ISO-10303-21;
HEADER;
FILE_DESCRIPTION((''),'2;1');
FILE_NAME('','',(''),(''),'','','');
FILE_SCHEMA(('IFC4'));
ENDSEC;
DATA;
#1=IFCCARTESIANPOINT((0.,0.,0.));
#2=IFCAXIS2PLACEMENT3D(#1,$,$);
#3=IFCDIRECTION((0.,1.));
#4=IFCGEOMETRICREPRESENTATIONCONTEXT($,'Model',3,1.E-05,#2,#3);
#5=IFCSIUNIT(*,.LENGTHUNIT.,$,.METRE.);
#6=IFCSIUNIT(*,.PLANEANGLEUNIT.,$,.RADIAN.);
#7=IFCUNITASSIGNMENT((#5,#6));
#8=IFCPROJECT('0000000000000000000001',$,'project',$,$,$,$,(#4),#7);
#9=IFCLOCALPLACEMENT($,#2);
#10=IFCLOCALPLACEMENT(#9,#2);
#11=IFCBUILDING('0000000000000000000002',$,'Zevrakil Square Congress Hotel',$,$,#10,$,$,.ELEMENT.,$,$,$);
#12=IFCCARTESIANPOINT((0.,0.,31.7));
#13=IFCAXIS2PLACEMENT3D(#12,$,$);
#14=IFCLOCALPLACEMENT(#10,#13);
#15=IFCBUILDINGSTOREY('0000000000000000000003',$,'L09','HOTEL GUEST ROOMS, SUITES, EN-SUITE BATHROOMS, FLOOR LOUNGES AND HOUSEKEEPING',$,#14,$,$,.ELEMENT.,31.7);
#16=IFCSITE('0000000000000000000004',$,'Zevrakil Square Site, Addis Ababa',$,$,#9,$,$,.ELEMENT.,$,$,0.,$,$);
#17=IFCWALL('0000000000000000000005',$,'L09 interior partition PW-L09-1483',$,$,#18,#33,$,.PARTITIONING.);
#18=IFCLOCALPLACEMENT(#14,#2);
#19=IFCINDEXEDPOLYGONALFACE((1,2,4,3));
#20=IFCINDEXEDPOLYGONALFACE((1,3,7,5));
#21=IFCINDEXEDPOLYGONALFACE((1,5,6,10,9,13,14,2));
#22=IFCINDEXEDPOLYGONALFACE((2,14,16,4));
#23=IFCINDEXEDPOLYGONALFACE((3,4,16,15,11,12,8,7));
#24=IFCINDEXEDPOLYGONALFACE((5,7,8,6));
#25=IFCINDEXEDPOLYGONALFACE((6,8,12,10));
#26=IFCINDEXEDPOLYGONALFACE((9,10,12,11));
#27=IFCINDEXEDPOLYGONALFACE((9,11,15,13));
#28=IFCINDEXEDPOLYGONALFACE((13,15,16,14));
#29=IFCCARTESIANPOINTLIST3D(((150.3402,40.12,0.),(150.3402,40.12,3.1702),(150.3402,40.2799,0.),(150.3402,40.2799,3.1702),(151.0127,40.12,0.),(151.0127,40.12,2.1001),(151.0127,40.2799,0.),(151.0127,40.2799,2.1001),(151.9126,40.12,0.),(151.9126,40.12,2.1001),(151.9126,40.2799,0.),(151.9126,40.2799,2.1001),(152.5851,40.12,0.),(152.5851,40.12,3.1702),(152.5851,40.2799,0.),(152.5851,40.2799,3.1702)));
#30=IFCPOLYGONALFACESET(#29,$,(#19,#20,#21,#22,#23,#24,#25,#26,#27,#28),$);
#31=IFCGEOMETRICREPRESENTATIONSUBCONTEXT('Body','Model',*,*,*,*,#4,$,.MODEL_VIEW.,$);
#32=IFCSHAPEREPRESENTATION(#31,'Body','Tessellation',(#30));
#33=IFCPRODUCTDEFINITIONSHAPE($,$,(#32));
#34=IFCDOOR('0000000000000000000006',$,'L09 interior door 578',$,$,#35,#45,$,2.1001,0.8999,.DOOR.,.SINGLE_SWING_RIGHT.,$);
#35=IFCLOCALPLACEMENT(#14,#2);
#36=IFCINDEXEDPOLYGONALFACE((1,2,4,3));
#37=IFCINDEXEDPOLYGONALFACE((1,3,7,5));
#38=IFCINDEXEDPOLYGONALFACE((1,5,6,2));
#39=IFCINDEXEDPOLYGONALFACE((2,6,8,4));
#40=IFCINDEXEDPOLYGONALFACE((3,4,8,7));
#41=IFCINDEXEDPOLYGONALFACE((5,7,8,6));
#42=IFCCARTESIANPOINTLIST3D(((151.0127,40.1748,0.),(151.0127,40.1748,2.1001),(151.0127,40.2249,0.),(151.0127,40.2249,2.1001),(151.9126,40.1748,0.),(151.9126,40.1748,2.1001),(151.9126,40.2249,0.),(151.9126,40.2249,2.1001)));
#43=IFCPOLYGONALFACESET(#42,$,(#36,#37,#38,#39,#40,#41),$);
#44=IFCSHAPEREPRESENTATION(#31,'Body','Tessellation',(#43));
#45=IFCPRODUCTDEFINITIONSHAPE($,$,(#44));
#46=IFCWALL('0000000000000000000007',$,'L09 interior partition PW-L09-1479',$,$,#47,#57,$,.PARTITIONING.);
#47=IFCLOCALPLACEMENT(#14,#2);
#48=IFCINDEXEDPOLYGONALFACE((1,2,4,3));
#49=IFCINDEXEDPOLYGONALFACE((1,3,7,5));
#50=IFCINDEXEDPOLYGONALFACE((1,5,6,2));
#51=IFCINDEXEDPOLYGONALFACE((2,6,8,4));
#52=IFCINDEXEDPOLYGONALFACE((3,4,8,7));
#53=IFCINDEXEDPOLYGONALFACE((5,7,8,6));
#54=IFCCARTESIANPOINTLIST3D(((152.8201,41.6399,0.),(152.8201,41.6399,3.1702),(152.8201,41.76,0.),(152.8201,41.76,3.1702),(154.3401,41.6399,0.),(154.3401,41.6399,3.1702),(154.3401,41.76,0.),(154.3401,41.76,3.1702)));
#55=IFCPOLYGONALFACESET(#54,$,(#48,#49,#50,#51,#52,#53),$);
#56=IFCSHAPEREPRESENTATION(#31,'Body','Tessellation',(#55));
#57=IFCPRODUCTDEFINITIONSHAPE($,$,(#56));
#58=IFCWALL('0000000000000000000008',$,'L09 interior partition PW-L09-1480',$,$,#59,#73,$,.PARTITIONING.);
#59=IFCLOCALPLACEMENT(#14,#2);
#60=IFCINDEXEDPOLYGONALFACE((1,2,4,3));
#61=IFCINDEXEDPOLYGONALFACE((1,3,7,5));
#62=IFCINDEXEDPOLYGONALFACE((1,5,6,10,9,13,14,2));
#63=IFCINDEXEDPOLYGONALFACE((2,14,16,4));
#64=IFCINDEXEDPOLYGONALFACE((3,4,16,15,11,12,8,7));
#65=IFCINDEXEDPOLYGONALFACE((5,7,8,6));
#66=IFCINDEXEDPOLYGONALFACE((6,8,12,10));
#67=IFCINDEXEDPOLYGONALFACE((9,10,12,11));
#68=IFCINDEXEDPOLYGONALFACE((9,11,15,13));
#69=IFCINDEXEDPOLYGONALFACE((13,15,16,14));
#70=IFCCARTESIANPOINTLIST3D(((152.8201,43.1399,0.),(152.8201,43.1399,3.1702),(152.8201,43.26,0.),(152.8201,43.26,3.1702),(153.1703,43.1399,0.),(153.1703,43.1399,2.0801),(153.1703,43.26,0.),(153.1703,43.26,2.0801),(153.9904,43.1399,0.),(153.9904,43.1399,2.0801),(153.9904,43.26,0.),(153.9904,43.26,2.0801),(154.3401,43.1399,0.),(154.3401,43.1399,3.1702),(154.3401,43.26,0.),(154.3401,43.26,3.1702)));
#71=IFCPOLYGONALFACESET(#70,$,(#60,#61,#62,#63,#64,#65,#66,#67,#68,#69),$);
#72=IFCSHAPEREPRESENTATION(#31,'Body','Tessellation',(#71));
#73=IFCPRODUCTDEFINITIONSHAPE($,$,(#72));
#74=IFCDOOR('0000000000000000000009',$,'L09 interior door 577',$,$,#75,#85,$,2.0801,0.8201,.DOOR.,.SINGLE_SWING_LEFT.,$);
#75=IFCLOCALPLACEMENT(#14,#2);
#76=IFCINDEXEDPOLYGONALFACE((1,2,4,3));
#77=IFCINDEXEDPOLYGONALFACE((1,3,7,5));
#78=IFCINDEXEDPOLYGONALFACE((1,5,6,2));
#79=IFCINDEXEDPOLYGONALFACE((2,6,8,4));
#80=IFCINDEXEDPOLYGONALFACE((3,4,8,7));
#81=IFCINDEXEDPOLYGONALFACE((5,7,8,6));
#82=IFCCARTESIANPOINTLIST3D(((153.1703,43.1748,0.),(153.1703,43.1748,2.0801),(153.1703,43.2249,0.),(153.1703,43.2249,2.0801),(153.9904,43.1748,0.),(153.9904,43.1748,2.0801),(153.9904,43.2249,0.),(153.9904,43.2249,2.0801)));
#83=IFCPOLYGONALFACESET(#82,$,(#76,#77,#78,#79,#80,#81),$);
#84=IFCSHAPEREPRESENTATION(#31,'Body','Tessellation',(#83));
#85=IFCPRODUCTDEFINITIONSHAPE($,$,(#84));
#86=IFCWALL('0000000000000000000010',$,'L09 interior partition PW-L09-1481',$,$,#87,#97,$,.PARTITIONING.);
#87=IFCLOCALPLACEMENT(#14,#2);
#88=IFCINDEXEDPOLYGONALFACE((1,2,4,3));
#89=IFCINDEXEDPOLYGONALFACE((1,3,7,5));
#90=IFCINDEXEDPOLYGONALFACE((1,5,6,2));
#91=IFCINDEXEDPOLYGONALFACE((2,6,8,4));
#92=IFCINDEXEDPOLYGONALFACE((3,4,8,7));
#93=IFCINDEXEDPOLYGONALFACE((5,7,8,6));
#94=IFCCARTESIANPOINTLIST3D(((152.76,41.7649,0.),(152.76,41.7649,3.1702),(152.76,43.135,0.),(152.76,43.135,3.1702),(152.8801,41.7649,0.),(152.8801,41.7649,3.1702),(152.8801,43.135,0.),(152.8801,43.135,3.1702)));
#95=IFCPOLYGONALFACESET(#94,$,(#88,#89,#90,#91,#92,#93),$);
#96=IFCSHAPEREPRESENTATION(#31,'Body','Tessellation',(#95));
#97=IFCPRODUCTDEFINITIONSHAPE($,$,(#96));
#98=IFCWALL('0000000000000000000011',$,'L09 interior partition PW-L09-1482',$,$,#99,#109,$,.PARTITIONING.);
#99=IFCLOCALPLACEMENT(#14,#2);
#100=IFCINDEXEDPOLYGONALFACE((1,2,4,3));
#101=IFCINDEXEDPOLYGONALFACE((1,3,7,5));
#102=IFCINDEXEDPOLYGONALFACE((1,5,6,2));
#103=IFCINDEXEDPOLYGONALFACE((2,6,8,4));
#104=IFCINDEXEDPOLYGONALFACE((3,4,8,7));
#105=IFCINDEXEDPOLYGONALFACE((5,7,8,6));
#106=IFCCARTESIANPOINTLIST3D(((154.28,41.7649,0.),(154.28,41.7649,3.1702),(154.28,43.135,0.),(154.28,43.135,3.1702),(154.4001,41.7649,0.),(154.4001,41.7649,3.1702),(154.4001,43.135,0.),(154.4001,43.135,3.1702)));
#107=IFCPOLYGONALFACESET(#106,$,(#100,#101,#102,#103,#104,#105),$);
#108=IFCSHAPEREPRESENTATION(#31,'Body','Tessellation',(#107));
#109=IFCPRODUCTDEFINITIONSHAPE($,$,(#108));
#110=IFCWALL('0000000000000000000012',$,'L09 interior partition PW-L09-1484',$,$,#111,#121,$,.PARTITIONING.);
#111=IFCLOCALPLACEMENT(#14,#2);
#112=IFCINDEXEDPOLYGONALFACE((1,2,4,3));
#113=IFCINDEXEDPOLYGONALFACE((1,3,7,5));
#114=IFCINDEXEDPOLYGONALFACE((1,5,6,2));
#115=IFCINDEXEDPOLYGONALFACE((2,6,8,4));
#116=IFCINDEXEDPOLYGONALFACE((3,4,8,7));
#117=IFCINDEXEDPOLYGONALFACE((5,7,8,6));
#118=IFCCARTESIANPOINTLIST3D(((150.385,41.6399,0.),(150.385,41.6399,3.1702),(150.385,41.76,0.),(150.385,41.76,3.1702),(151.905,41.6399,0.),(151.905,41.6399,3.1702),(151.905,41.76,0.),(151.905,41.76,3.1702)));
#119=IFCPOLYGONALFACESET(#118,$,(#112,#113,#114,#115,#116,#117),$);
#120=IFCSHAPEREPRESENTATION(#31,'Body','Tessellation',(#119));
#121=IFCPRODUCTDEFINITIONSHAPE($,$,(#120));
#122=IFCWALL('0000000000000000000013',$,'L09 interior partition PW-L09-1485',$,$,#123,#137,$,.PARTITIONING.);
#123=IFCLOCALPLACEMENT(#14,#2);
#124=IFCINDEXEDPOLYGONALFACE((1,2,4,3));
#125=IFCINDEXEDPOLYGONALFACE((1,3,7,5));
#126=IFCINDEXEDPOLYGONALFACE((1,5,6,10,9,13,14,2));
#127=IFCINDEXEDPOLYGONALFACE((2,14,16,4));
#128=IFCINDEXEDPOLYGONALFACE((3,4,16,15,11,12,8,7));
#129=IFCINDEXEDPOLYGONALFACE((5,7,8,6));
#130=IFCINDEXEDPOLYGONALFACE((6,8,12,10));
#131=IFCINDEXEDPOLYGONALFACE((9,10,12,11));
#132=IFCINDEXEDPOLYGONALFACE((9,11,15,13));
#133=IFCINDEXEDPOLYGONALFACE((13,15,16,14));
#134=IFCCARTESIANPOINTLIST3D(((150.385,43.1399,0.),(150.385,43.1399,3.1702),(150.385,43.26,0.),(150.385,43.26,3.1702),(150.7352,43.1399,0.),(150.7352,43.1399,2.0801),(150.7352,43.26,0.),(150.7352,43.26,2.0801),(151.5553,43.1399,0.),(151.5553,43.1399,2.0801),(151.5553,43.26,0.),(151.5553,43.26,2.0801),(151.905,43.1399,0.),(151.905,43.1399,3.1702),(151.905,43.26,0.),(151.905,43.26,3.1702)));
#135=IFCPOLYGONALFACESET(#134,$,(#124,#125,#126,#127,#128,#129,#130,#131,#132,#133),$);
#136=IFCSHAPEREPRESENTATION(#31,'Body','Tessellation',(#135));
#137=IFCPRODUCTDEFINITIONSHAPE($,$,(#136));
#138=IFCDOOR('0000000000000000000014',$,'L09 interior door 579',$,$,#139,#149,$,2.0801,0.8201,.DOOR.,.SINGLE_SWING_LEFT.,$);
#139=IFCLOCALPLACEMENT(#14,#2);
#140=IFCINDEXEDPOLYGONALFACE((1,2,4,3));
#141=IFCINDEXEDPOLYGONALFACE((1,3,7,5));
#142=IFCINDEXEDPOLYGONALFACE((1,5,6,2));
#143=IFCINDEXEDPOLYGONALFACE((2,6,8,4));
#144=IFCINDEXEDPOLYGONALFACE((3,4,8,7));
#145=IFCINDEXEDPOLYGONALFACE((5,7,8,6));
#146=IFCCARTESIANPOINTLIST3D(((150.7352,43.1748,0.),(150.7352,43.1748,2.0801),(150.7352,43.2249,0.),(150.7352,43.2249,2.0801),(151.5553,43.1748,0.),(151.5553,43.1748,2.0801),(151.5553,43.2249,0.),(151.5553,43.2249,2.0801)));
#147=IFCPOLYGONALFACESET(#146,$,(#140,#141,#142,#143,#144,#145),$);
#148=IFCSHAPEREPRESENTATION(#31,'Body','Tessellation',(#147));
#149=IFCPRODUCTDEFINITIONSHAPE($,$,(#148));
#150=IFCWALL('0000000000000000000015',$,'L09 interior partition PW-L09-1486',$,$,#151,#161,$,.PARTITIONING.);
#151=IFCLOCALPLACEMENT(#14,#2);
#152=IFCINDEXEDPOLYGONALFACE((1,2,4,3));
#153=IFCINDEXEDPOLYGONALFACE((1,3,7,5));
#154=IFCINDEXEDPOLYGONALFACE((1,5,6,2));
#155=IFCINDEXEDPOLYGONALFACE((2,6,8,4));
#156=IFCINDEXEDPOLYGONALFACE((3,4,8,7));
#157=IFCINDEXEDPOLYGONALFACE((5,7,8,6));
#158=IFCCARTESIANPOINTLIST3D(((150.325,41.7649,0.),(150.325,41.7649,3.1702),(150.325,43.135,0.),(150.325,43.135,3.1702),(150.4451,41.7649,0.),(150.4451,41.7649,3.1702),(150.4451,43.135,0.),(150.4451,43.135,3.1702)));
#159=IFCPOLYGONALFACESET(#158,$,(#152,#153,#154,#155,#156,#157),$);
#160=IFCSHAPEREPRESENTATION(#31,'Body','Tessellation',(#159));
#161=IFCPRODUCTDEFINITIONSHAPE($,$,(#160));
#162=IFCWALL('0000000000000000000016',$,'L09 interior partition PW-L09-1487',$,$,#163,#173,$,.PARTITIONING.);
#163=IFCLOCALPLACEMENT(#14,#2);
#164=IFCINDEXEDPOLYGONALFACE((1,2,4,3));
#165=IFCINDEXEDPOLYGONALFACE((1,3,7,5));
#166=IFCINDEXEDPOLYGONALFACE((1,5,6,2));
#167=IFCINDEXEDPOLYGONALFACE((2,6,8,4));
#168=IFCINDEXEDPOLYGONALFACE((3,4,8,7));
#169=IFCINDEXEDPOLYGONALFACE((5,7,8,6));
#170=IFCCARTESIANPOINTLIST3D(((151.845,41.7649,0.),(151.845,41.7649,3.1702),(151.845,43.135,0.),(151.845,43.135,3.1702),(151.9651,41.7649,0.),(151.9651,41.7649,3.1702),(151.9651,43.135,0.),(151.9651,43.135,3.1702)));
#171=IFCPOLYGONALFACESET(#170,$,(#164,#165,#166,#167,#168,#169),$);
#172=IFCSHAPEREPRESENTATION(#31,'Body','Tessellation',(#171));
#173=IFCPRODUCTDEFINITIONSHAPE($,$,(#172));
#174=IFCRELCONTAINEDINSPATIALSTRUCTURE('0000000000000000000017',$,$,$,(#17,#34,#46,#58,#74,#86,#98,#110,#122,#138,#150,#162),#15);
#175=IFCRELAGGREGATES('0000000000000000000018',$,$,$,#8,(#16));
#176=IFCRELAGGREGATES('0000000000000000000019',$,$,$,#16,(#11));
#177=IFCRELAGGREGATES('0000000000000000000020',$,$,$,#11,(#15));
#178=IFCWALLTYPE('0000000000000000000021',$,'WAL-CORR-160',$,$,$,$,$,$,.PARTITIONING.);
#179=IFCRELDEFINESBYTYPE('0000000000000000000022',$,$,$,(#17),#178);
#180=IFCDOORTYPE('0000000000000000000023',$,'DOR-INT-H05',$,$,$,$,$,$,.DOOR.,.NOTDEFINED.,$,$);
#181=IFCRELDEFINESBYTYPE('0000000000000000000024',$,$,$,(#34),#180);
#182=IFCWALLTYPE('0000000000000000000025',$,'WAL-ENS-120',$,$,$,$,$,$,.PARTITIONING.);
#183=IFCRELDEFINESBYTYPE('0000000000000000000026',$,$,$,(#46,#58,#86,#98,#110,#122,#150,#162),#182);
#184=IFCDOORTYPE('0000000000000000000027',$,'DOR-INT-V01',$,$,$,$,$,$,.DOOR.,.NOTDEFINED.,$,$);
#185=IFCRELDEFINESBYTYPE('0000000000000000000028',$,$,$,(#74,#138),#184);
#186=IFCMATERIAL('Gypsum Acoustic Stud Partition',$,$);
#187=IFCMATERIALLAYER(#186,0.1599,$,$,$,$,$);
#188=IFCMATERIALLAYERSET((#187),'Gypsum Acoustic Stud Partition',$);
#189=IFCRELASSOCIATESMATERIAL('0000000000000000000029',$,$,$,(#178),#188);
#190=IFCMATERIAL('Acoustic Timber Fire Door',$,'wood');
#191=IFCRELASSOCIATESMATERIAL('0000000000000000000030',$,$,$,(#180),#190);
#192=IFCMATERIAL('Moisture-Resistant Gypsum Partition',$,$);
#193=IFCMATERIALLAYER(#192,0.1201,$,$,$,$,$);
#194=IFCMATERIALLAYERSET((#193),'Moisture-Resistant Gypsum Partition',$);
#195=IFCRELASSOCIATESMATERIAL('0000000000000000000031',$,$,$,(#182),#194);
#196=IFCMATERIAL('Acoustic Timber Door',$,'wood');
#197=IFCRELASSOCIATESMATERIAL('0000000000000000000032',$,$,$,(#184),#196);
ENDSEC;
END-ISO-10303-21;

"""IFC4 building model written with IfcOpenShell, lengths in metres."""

from ifc_helpers import new_model, si_unit, direction, frame, frame_2d, origin, place, context, subcontext, project, spatial, rectangle, extrude, material, layer, layer_set, type_object, element, fill, save


model = new_model("IFC4")

# Units and contexts
model_context = context("Model", 3, precision=1e-05, world=origin(), true_north=direction((0.0, 1.0)))
body_context = subcontext(model_context, "Body", "Model", "MODEL_VIEW")
ifc_project = project(units=[si_unit("LENGTHUNIT", "METRE"), si_unit("PLANEANGLEUNIT", "RADIAN")], contexts=[model_context])

# Site, building, storey
site_placement = place(None, origin())
site = spatial("IfcSite", under=ifc_project, at=site_placement, Name="Zevrakil Square Site, Addis Ababa", CompositionType="ELEMENT", RefElevation=0.0)
building_placement = place(site_placement, origin())
building = spatial("IfcBuilding", under=site, at=building_placement, Name="Zevrakil Square Congress Hotel", CompositionType="ELEMENT")
storey_placement = place(building_placement, frame((0.0, 0.0, 31.7)))
storey = spatial("IfcBuildingStorey", under=building, at=storey_placement, Name="L09", Description="HOTEL GUEST ROOMS, SUITES, EN-SUITE BATHROOMS, FLOOR LOUNGES AND HOUSEKEEPING", CompositionType="ELEMENT", Elevation=31.7)

# Wall, opening, door
ifc_material_1 = material(Name="Gypsum Acoustic Stud Partition")
ifc_layer_1 = layer(ifc_material_1, 0.1599)
ifc_layer_set_1 = layer_set([ifc_layer_1], Name="Gypsum Acoustic Stud Partition")
wall_type_1 = type_object("IfcWallType", Name="WAL-CORR-160", PredefinedType="PARTITIONING", material=ifc_layer_set_1)
wall_1_placement = place(storey_placement, frame((150.3401, 40.2, 0.0), z_axis=(0.0, 0.0, 1.0), x_axis=(1.0, 0.0, 0.0)))
wall_1 = element("IfcWall", 1, at=wall_1_placement, inside=storey, type_object=wall_type_1, Name="L09 interior partition PW-L09-1483", PredefinedType="PARTITIONING", context=body_context, shape_type="SweptSolid", body=[
    extrude(rectangle(XDim=2.2449, YDim=0.1599, at=frame_2d((1.1226, 0.0))), origin(), (0.0, 0.0, 1.0), 3.1702),
])
opening_1_placement = place(wall_1_placement, frame((0.6726, 0.0, 0.0)))
opening_1 = element("IfcOpeningElement", 2, at=opening_1_placement, cuts=wall_1, PredefinedType="OPENING", context=body_context, shape_type="SweptSolid", body=[
    extrude(rectangle(XDim=0.8999, YDim=2.1001, at=frame_2d((0.45, 1.05))), frame((0.0, 0.0898, 0.0), z_axis=(0.0, -1.0, 0.0), x_axis=(1.0, 0.0, 0.0)), (0.0, 0.0, 1.0), 0.1799),
])
ifc_material_2 = material(Name="Acoustic Timber Fire Door", Category="wood")
door_type_1 = type_object("IfcDoorType", Name="DOR-INT-H05", OperationType="NOTDEFINED", PredefinedType="DOOR", material=ifc_material_2)
door_1_placement = place(opening_1_placement, origin())
door_1 = element("IfcDoor", 3, at=door_1_placement, inside=storey, type_object=door_type_1, Name="L09 interior door 578", OperationType="SINGLE_SWING_RIGHT", OverallHeight=2.1001, OverallWidth=0.8999, PredefinedType="DOOR", context=body_context, shape_type="SweptSolid", body=[
    extrude(rectangle(XDim=0.8999, YDim=2.1001, at=frame_2d((0.45, 1.05))), frame((0.0, 0.0249, 0.0), z_axis=(0.0, -1.0, 0.0), x_axis=(1.0, 0.0, 0.0)), (0.0, 0.0, 1.0), 0.05),
])
fill(opening_1, door_1)

# Wall
ifc_material_3 = material(Name="Moisture-Resistant Gypsum Partition")
ifc_layer_2 = layer(ifc_material_3, 0.1201)
ifc_layer_set_2 = layer_set([ifc_layer_2], Name="Moisture-Resistant Gypsum Partition")
wall_type_2 = type_object("IfcWallType", Name="WAL-ENS-120", PredefinedType="PARTITIONING", material=ifc_layer_set_2)
wall_2_placement = place(storey_placement, frame((152.8201, 41.7, 0.0), z_axis=(0.0, 0.0, 1.0), x_axis=(1.0, 0.0, 0.0)))
element("IfcWall", 4, at=wall_2_placement, inside=storey, type_object=wall_type_2, Name="L09 interior partition PW-L09-1479", PredefinedType="PARTITIONING", context=body_context, shape_type="SweptSolid", body=[
    extrude(rectangle(XDim=1.52, YDim=0.1201, at=frame_2d((0.76, 0.0))), origin(), (0.0, 0.0, 1.0), 3.1702),
])

# Wall, opening, door
wall_3_placement = place(storey_placement, frame((152.8201, 43.2, 0.0), z_axis=(0.0, 0.0, 1.0), x_axis=(1.0, 0.0, 0.0)))
wall_3 = element("IfcWall", 5, at=wall_3_placement, inside=storey, type_object=wall_type_2, Name="L09 interior partition PW-L09-1480", PredefinedType="PARTITIONING", context=body_context, shape_type="SweptSolid", body=[
    extrude(rectangle(XDim=1.52, YDim=0.1201, at=frame_2d((0.76, 0.0))), origin(), (0.0, 0.0, 1.0), 3.1702),
])
opening_2_placement = place(wall_3_placement, frame((0.3501, 0.0, 0.0)))
opening_2 = element("IfcOpeningElement", 6, at=opening_2_placement, cuts=wall_3, PredefinedType="OPENING", context=body_context, shape_type="SweptSolid", body=[
    extrude(rectangle(XDim=0.8201, YDim=2.0801, at=frame_2d((0.4102, 1.04))), frame((0.0, 0.0701, 0.0), z_axis=(0.0, -1.0, 0.0), x_axis=(1.0, 0.0, 0.0)), (0.0, 0.0, 1.0), 0.1401),
])
ifc_material_4 = material(Name="Acoustic Timber Door", Category="wood")
door_type_2 = type_object("IfcDoorType", Name="DOR-INT-V01", OperationType="NOTDEFINED", PredefinedType="DOOR", material=ifc_material_4)
door_2_placement = place(opening_2_placement, origin())
door_2 = element("IfcDoor", 7, at=door_2_placement, inside=storey, type_object=door_type_2, Name="L09 interior door 577", OperationType="SINGLE_SWING_LEFT", OverallHeight=2.0801, OverallWidth=0.8201, PredefinedType="DOOR", context=body_context, shape_type="SweptSolid", body=[
    extrude(rectangle(XDim=0.8201, YDim=2.0801, at=frame_2d((0.4102, 1.04))), frame((0.0, 0.0249, 0.0), z_axis=(0.0, -1.0, 0.0), x_axis=(1.0, 0.0, 0.0)), (0.0, 0.0, 1.0), 0.05),
])
fill(opening_2, door_2)

# Walls
for number, where, z_axis, x_axis, name in (
    (8, (152.8201, 41.7649, 0.0), (0.0, 0.0, 1.0), (0.0, 1.0, 0.0), "L09 interior partition PW-L09-1481"),
    (9, (154.3401, 41.7649, 0.0), (0.0, 0.0, 1.0), (0.0, 1.0, 0.0), "L09 interior partition PW-L09-1482"),
):
    element("IfcWall", number, at=place(storey_placement, frame(where, z_axis=z_axis, x_axis=x_axis)), inside=storey, type_object=wall_type_2, Name=name, PredefinedType="PARTITIONING", context=body_context, shape_type="SweptSolid", body=[
        extrude(rectangle(XDim=1.3701, YDim=0.1201, at=frame_2d((0.6851, 0.0))), origin(), (0.0, 0.0, 1.0), 3.1702),
    ])
wall_4_placement = place(storey_placement, frame((150.385, 41.7, 0.0), z_axis=(0.0, 0.0, 1.0), x_axis=(1.0, 0.0, 0.0)))
element("IfcWall", 10, at=wall_4_placement, inside=storey, type_object=wall_type_2, Name="L09 interior partition PW-L09-1484", PredefinedType="PARTITIONING", context=body_context, shape_type="SweptSolid", body=[
    extrude(rectangle(XDim=1.52, YDim=0.1201, at=frame_2d((0.76, 0.0))), origin(), (0.0, 0.0, 1.0), 3.1702),
])

# Wall, opening, door
wall_5_placement = place(storey_placement, frame((150.385, 43.2, 0.0), z_axis=(0.0, 0.0, 1.0), x_axis=(1.0, 0.0, 0.0)))
wall_5 = element("IfcWall", 11, at=wall_5_placement, inside=storey, type_object=wall_type_2, Name="L09 interior partition PW-L09-1485", PredefinedType="PARTITIONING", context=body_context, shape_type="SweptSolid", body=[
    extrude(rectangle(XDim=1.52, YDim=0.1201, at=frame_2d((0.76, 0.0))), origin(), (0.0, 0.0, 1.0), 3.1702),
])
opening_3_placement = place(wall_5_placement, frame((0.3501, 0.0, 0.0)))
opening_3 = element("IfcOpeningElement", 12, at=opening_3_placement, cuts=wall_5, PredefinedType="OPENING", context=body_context, shape_type="SweptSolid", body=[
    extrude(rectangle(XDim=0.8201, YDim=2.0801, at=frame_2d((0.4102, 1.04))), frame((0.0, 0.0701, 0.0), z_axis=(0.0, -1.0, 0.0), x_axis=(1.0, 0.0, 0.0)), (0.0, 0.0, 1.0), 0.1401),
])
door_3_placement = place(opening_3_placement, origin())
door_3 = element("IfcDoor", 13, at=door_3_placement, inside=storey, type_object=door_type_2, Name="L09 interior door 579", OperationType="SINGLE_SWING_LEFT", OverallHeight=2.0801, OverallWidth=0.8201, PredefinedType="DOOR", context=body_context, shape_type="SweptSolid", body=[
    extrude(rectangle(XDim=0.8201, YDim=2.0801, at=frame_2d((0.4102, 1.04))), frame((0.0, 0.0249, 0.0), z_axis=(0.0, -1.0, 0.0), x_axis=(1.0, 0.0, 0.0)), (0.0, 0.0, 1.0), 0.05),
])
fill(opening_3, door_3)

# Walls
for number, where, z_axis, x_axis, name in (
    (14, (150.385, 41.7649, 0.0), (0.0, 0.0, 1.0), (0.0, 1.0, 0.0), "L09 interior partition PW-L09-1486"),
    (15, (151.905, 41.7649, 0.0), (0.0, 0.0, 1.0), (0.0, 1.0, 0.0), "L09 interior partition PW-L09-1487"),
):
    element("IfcWall", number, at=place(storey_placement, frame(where, z_axis=z_axis, x_axis=x_axis)), inside=storey, type_object=wall_type_2, Name=name, PredefinedType="PARTITIONING", context=body_context, shape_type="SweptSolid", body=[
        extrude(rectangle(XDim=1.3701, YDim=0.1201, at=frame_2d((0.6851, 0.0))), origin(), (0.0, 0.0, 1.0), 3.1702),
    ])

save(model, "model.ifc")
